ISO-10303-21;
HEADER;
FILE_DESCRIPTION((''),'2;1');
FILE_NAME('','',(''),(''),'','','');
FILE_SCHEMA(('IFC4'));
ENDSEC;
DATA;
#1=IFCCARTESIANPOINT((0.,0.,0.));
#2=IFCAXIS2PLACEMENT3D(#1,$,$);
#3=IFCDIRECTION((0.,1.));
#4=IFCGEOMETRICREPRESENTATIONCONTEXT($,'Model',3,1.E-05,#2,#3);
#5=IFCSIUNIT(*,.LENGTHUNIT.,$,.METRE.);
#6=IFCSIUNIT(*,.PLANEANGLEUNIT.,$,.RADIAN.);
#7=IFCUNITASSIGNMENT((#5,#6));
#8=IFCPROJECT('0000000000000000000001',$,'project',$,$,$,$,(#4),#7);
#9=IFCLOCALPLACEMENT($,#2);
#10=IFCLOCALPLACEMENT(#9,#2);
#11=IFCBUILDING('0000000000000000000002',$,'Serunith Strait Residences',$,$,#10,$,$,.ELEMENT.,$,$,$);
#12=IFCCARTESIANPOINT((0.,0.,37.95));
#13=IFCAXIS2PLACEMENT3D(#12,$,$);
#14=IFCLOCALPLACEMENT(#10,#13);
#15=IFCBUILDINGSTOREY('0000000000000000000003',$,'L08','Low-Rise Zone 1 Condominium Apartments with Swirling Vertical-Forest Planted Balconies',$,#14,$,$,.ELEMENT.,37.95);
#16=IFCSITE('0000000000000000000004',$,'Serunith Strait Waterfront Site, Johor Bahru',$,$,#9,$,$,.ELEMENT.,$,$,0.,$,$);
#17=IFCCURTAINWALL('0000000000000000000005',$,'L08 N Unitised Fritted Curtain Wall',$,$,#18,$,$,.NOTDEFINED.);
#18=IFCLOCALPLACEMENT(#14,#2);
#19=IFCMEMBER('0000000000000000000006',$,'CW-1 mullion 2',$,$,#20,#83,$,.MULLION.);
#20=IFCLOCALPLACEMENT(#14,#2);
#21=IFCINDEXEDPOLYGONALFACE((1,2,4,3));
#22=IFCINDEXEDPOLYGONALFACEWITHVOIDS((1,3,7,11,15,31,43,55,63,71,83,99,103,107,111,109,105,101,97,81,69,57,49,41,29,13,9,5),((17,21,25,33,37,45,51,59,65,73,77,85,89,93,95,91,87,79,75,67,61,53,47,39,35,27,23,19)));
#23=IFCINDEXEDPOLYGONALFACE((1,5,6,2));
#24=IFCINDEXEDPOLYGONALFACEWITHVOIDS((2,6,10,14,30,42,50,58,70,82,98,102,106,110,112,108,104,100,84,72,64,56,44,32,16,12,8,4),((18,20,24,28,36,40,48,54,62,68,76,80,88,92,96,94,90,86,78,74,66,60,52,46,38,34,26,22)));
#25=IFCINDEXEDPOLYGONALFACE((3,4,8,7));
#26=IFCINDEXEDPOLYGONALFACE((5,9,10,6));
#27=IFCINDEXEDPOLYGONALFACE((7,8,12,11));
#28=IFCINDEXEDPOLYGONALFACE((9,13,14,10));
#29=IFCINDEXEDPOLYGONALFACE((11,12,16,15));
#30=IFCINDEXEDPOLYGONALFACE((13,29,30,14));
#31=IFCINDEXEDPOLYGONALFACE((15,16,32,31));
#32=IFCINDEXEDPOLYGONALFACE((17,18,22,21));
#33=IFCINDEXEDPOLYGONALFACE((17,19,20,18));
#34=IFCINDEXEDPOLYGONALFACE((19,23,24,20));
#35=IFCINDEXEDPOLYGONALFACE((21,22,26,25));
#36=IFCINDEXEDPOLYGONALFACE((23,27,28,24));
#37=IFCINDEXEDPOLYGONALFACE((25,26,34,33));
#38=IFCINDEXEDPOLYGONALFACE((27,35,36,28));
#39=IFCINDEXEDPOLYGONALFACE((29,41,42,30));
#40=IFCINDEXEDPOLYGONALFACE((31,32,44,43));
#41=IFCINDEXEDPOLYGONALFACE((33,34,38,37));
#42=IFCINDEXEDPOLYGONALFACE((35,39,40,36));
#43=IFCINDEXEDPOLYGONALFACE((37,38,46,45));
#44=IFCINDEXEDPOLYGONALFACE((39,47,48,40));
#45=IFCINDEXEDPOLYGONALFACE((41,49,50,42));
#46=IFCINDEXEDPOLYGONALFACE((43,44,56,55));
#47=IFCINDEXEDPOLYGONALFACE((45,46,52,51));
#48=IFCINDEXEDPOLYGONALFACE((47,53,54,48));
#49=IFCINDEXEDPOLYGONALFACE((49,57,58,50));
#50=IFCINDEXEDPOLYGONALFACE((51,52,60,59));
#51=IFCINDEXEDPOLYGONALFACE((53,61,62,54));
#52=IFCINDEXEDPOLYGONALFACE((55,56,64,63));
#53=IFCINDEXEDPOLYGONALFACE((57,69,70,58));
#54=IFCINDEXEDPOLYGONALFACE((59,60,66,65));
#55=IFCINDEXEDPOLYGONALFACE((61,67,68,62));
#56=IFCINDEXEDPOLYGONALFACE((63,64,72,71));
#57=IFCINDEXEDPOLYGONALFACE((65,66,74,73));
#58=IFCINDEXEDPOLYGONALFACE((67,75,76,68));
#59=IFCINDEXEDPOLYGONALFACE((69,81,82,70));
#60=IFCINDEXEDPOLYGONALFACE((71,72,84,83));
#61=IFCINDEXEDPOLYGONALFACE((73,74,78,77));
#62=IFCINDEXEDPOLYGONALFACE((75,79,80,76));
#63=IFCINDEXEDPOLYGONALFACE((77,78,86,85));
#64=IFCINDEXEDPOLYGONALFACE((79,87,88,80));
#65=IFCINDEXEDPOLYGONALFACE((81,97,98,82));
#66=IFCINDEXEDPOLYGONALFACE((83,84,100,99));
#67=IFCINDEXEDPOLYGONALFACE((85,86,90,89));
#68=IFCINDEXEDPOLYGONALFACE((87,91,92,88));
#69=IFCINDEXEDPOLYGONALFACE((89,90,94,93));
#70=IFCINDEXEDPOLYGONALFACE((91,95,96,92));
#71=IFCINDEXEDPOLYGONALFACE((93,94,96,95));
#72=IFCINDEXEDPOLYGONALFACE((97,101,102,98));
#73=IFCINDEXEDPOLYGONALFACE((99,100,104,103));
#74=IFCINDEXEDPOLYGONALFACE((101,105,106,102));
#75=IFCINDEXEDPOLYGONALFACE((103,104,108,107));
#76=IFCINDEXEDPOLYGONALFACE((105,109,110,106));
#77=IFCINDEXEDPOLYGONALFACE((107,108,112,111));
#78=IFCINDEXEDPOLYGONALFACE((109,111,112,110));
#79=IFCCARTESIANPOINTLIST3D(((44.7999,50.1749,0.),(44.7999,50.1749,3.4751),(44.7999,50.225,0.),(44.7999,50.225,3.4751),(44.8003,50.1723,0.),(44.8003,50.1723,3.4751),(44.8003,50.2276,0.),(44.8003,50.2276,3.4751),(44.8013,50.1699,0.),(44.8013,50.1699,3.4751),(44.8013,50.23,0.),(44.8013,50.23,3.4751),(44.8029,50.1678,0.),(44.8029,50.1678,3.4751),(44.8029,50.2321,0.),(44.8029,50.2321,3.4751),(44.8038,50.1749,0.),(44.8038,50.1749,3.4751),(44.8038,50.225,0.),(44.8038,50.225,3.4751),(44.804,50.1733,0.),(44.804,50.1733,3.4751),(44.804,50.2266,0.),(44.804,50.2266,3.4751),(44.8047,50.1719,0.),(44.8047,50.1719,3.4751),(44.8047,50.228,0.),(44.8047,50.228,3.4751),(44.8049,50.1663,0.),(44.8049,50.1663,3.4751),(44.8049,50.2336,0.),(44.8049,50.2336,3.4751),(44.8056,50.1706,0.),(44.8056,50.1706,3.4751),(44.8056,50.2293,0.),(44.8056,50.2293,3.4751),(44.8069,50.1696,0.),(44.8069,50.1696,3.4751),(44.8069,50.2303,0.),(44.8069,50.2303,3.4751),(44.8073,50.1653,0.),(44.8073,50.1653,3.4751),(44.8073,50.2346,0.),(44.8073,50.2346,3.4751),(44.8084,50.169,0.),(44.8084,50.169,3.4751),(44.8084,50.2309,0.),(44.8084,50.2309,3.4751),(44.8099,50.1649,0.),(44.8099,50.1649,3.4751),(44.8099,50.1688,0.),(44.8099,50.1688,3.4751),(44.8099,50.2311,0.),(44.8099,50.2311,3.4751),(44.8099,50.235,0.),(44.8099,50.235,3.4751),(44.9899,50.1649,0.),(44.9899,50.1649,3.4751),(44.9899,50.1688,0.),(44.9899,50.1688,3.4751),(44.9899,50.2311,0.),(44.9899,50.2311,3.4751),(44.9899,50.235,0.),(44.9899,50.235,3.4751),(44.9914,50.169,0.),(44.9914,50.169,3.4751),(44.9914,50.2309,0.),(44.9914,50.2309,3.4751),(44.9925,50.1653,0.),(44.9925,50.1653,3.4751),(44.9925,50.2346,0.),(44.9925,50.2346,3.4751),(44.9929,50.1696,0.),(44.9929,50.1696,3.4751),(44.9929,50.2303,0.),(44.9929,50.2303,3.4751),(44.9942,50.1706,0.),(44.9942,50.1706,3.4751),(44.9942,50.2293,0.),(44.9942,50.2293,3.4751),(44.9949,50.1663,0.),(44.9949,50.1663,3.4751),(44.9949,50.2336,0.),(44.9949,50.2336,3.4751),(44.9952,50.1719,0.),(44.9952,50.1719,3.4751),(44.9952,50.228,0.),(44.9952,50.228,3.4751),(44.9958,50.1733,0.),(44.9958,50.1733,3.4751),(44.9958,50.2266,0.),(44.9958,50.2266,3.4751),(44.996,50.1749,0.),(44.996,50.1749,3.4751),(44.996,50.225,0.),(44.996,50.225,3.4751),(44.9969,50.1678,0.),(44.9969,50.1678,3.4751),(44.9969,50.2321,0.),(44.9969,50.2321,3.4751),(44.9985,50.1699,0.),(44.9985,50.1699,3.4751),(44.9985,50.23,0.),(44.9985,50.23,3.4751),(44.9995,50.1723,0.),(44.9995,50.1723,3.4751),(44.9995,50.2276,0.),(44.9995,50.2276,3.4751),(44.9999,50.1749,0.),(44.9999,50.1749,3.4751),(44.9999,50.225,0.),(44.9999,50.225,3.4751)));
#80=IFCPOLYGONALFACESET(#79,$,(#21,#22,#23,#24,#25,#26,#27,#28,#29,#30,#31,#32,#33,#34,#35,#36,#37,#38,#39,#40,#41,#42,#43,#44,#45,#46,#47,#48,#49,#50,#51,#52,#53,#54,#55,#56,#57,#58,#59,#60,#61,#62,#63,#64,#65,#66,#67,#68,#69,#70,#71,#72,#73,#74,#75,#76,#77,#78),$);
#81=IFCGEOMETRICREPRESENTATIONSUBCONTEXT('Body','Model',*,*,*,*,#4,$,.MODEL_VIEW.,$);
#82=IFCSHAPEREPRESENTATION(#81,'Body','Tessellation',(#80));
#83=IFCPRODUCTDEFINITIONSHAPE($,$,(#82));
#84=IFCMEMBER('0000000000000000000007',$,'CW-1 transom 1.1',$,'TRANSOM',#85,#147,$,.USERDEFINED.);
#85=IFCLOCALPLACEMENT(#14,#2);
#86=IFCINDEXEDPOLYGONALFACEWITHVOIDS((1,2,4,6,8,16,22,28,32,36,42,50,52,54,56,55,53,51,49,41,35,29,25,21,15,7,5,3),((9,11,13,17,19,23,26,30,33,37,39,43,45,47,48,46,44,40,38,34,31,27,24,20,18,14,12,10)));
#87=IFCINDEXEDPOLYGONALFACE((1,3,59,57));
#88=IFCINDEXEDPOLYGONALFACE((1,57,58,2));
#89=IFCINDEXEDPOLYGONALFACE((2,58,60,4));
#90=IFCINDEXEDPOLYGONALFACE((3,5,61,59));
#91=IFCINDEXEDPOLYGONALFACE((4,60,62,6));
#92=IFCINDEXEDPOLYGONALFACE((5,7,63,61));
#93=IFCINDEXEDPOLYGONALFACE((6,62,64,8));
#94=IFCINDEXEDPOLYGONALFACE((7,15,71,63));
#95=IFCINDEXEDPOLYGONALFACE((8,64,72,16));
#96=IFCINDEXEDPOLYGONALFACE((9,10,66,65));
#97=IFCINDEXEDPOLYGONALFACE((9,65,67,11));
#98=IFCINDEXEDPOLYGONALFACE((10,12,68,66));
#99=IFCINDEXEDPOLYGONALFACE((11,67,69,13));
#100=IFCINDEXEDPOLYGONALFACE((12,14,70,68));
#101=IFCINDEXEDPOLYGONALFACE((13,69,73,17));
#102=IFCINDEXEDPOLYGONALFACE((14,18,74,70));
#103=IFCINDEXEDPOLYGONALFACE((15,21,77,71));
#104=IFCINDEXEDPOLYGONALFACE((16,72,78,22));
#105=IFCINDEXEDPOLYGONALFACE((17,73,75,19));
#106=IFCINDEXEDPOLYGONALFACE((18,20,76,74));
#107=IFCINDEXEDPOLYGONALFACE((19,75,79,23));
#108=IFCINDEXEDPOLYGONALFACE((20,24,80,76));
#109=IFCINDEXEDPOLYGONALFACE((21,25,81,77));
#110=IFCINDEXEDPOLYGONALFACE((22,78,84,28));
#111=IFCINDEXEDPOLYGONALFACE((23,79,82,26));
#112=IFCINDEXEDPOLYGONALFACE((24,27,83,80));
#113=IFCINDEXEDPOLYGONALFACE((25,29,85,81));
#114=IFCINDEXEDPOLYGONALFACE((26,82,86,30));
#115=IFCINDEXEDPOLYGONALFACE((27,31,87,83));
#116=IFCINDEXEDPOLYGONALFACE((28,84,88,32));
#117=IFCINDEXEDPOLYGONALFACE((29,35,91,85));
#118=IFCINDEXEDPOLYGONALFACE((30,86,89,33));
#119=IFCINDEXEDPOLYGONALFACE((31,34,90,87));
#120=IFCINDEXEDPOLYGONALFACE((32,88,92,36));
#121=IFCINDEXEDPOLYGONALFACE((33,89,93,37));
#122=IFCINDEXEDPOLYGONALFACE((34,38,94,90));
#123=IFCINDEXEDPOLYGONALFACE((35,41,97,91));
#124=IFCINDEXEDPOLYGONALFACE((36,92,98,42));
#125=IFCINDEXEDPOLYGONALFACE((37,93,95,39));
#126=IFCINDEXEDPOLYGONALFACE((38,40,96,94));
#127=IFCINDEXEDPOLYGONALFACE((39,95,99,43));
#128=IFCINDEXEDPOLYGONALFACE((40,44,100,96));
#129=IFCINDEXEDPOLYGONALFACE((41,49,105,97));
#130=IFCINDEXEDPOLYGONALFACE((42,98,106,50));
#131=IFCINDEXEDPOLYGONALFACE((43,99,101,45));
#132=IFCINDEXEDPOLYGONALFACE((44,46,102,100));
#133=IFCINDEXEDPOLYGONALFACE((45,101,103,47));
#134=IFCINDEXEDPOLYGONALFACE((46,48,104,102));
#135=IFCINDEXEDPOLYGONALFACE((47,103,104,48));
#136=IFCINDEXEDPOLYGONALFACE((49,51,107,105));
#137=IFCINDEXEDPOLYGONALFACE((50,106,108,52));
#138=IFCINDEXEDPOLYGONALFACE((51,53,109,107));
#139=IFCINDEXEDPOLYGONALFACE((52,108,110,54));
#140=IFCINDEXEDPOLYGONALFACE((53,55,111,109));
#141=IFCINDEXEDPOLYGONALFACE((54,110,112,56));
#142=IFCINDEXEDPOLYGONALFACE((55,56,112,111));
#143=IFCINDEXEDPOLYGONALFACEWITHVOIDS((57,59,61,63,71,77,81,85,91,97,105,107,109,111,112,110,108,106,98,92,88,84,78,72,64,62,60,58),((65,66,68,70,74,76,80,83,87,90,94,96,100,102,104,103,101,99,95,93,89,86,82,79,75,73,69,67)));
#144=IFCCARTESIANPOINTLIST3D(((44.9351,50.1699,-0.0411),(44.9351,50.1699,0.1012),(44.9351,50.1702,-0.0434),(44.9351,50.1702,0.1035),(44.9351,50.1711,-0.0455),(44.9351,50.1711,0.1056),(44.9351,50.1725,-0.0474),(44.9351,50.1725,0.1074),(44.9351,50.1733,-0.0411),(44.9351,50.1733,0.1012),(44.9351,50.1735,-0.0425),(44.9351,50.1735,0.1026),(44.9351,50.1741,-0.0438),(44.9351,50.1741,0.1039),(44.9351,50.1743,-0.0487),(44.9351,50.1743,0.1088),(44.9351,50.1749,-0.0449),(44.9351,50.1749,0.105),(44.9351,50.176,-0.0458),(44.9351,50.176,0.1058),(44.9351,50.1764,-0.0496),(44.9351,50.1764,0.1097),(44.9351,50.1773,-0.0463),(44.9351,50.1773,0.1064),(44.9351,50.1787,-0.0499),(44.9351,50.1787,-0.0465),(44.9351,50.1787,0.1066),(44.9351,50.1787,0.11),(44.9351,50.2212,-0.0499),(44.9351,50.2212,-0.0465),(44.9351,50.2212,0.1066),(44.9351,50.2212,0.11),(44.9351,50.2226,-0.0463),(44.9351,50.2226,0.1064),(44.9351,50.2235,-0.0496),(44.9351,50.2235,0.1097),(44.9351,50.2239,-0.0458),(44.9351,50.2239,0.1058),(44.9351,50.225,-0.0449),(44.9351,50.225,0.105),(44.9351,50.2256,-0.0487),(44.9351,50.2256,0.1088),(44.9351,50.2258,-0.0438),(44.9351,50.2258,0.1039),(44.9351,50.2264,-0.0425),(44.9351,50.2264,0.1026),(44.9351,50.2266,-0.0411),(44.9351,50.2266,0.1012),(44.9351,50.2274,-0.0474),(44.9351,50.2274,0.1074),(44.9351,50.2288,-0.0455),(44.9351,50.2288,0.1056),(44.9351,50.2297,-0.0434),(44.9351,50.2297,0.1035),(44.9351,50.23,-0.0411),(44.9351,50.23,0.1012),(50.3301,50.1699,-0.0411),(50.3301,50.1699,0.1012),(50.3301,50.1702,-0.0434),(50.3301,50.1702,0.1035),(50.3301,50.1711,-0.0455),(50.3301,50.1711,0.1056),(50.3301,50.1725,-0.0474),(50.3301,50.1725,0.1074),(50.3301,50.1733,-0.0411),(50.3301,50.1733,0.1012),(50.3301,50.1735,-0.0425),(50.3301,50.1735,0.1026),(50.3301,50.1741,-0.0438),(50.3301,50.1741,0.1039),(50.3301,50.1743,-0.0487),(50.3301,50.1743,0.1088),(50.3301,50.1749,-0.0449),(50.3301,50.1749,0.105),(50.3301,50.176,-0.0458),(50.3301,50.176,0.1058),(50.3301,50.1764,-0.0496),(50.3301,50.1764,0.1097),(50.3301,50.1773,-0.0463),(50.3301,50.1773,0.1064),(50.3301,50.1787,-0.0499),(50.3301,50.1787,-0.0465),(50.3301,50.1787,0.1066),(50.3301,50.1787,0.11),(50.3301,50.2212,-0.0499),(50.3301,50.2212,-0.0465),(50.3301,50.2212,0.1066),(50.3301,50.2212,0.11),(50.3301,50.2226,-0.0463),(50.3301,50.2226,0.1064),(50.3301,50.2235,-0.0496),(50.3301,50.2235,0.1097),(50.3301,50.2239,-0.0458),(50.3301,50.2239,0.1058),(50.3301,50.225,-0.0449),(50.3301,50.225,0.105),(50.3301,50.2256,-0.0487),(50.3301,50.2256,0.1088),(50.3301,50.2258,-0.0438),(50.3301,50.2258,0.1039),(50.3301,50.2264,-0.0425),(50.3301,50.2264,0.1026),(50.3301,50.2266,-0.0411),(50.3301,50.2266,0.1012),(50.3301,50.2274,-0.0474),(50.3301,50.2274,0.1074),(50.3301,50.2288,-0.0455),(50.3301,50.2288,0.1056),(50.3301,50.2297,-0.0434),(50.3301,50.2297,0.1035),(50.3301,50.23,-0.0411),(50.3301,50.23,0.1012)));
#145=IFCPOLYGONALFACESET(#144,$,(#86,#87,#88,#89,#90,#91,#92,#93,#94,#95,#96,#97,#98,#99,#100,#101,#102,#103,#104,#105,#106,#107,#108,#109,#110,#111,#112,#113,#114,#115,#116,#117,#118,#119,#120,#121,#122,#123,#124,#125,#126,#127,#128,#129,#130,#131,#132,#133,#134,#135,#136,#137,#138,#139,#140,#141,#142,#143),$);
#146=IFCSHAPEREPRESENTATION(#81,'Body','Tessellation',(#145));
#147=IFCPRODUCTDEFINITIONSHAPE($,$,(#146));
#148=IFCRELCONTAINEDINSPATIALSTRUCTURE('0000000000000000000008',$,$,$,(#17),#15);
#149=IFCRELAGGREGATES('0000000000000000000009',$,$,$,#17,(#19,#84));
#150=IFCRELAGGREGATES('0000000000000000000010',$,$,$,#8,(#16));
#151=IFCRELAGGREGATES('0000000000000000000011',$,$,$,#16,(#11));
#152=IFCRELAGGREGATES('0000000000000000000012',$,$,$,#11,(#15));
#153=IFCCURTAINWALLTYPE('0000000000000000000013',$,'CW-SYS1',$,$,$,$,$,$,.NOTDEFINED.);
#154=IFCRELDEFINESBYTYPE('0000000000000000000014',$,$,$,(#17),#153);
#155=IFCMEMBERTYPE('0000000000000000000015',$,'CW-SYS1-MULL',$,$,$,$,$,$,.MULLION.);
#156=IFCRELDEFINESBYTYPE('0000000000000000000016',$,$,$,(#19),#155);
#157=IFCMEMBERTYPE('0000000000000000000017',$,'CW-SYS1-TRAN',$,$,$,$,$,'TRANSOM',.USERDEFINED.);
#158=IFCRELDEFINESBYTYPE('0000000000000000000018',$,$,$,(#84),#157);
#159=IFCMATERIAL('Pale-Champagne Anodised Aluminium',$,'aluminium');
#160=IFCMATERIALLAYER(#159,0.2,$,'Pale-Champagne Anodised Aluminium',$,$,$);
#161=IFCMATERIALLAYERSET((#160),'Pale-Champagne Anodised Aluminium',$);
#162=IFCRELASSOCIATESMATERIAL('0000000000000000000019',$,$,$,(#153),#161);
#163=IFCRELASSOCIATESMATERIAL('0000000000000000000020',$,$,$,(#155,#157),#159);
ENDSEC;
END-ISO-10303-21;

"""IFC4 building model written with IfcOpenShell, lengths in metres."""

from ifc_helpers import new_model, si_unit, direction, frame, origin, origin_2d, place, context, subcontext, project, spatial, hollow_rectangle, extrude, source, transform, mapped, material, layer, layer_set, material_profile, profile_set, type_object, element, aggregate, save


model = new_model("IFC4")

# Units and contexts
model_context = context("Model", 3, precision=1e-05, world=origin(), true_north=direction((0.0, 1.0)))
body_context = subcontext(model_context, "Body", "Model", "MODEL_VIEW")
ifc_project = project(units=[si_unit("LENGTHUNIT", "METRE"), si_unit("PLANEANGLEUNIT", "RADIAN")], contexts=[model_context])

# Site, building, storey
site_placement = place(None, origin())
site = spatial("IfcSite", under=ifc_project, at=site_placement, Name="Serunith Strait Waterfront Site, Johor Bahru", CompositionType="ELEMENT", RefElevation=0.0)
building_placement = place(site_placement, origin())
building = spatial("IfcBuilding", under=site, at=building_placement, Name="Serunith Strait Residences", CompositionType="ELEMENT")
storey_placement = place(building_placement, frame((0.0, 0.0, 37.95)))
storey = spatial("IfcBuildingStorey", under=building, at=storey_placement, Name="L08", Description="Low-Rise Zone 1 Condominium Apartments with Swirling Vertical-Forest Planted Balconies", CompositionType="ELEMENT", Elevation=37.95)

# Shared definitions
ifc_material_1 = material(Name="Pale-Champagne Anodised Aluminium", Category="aluminium")
ifc_layer_1 = layer(ifc_material_1, 0.2, Name="Pale-Champagne Anodised Aluminium")
ifc_layer_set_1 = layer_set([ifc_layer_1], Name="Pale-Champagne Anodised Aluminium")
curtain_wall_type = type_object("IfcCurtainWallType", Name="CW-SYS1", PredefinedType="NOTDEFINED", material=ifc_layer_set_1)
ifc_material_profile_1 = material_profile(ifc_material_1, hollow_rectangle(XDim=0.0701, YDim=0.2, WallThickness=0.0039, InnerFilletRadius=0.0061, OuterFilletRadius=0.01, at=origin_2d()), Name="ALU 200x70x4")
ifc_profile_set_1 = profile_set([ifc_material_profile_1], Name="Pale-Champagne Anodised Aluminium")
member_type_1 = type_object("IfcMemberType", Name="CW-SYS1-MULL", PredefinedType="MULLION", material=ifc_profile_set_1)
shared_shape_1 = source(origin(), body_context, "Body", "SweptSolid", [
    extrude(hollow_rectangle(XDim=0.0701, YDim=0.2, WallThickness=0.0039, InnerFilletRadius=0.0061, OuterFilletRadius=0.01, at=origin_2d()), origin(), (0.0, 0.0, 1.0), 3.4751),
])

# Curtain wall, members
curtain_wall_1_placement = place(storey_placement, origin())
curtain_wall_1 = element("IfcCurtainWall", 1, at=curtain_wall_1_placement, inside=storey, type_object=curtain_wall_type, Name="L08 N Unitised Fritted Curtain Wall", PredefinedType="NOTDEFINED")
member_1_placement = place(storey_placement, frame((44.8999, 50.2, 0.0), z_axis=(0.0, 0.0, 1.0), x_axis=(0.0, -1.0, 0.0)))
member_1 = element("IfcMember", 2, at=member_1_placement, type_object=member_type_1, Name="CW-1 mullion 2", PredefinedType="MULLION", context=body_context, shape_type="MappedRepresentation", body=[
    mapped(shared_shape_1, transform((0.0, 0.0, 0.0), scale=1.0)),
])
ifc_material_profile_2 = material_profile(ifc_material_1, hollow_rectangle(XDim=0.0601, YDim=0.1599, WallThickness=0.0034, InnerFilletRadius=0.0054, OuterFilletRadius=0.0088, at=origin_2d()), Name="ALU 160x60x3.5")
ifc_profile_set_2 = profile_set([ifc_material_profile_2], Name="Pale-Champagne Anodised Aluminium")
member_type_2 = type_object("IfcMemberType", Name="CW-SYS1-TRAN", ElementType="TRANSOM", PredefinedType="USERDEFINED", material=ifc_profile_set_2)
shared_shape_2 = source(origin(), body_context, "Body", "SweptSolid", [
    extrude(hollow_rectangle(XDim=0.0601, YDim=0.1599, WallThickness=0.0034, InnerFilletRadius=0.0054, OuterFilletRadius=0.0088, at=origin_2d()), origin(), (0.0, 0.0, 1.0), 5.395),
])
member_2_placement = place(storey_placement, frame((50.3301, 50.2, 0.03), z_axis=(-1.0, 0.0, 0.0), x_axis=(0.0, -1.0, 0.0)))
member_2 = element("IfcMember", 3, at=member_2_placement, type_object=member_type_2, Name="CW-1 transom 1.1", ObjectType="TRANSOM", PredefinedType="USERDEFINED", context=body_context, shape_type="MappedRepresentation", body=[
    mapped(shared_shape_2, transform((0.0, 0.0, 0.0), scale=1.0)),
])
aggregate(curtain_wall_1, [member_1, member_2])

save(model, "model.ifc")
